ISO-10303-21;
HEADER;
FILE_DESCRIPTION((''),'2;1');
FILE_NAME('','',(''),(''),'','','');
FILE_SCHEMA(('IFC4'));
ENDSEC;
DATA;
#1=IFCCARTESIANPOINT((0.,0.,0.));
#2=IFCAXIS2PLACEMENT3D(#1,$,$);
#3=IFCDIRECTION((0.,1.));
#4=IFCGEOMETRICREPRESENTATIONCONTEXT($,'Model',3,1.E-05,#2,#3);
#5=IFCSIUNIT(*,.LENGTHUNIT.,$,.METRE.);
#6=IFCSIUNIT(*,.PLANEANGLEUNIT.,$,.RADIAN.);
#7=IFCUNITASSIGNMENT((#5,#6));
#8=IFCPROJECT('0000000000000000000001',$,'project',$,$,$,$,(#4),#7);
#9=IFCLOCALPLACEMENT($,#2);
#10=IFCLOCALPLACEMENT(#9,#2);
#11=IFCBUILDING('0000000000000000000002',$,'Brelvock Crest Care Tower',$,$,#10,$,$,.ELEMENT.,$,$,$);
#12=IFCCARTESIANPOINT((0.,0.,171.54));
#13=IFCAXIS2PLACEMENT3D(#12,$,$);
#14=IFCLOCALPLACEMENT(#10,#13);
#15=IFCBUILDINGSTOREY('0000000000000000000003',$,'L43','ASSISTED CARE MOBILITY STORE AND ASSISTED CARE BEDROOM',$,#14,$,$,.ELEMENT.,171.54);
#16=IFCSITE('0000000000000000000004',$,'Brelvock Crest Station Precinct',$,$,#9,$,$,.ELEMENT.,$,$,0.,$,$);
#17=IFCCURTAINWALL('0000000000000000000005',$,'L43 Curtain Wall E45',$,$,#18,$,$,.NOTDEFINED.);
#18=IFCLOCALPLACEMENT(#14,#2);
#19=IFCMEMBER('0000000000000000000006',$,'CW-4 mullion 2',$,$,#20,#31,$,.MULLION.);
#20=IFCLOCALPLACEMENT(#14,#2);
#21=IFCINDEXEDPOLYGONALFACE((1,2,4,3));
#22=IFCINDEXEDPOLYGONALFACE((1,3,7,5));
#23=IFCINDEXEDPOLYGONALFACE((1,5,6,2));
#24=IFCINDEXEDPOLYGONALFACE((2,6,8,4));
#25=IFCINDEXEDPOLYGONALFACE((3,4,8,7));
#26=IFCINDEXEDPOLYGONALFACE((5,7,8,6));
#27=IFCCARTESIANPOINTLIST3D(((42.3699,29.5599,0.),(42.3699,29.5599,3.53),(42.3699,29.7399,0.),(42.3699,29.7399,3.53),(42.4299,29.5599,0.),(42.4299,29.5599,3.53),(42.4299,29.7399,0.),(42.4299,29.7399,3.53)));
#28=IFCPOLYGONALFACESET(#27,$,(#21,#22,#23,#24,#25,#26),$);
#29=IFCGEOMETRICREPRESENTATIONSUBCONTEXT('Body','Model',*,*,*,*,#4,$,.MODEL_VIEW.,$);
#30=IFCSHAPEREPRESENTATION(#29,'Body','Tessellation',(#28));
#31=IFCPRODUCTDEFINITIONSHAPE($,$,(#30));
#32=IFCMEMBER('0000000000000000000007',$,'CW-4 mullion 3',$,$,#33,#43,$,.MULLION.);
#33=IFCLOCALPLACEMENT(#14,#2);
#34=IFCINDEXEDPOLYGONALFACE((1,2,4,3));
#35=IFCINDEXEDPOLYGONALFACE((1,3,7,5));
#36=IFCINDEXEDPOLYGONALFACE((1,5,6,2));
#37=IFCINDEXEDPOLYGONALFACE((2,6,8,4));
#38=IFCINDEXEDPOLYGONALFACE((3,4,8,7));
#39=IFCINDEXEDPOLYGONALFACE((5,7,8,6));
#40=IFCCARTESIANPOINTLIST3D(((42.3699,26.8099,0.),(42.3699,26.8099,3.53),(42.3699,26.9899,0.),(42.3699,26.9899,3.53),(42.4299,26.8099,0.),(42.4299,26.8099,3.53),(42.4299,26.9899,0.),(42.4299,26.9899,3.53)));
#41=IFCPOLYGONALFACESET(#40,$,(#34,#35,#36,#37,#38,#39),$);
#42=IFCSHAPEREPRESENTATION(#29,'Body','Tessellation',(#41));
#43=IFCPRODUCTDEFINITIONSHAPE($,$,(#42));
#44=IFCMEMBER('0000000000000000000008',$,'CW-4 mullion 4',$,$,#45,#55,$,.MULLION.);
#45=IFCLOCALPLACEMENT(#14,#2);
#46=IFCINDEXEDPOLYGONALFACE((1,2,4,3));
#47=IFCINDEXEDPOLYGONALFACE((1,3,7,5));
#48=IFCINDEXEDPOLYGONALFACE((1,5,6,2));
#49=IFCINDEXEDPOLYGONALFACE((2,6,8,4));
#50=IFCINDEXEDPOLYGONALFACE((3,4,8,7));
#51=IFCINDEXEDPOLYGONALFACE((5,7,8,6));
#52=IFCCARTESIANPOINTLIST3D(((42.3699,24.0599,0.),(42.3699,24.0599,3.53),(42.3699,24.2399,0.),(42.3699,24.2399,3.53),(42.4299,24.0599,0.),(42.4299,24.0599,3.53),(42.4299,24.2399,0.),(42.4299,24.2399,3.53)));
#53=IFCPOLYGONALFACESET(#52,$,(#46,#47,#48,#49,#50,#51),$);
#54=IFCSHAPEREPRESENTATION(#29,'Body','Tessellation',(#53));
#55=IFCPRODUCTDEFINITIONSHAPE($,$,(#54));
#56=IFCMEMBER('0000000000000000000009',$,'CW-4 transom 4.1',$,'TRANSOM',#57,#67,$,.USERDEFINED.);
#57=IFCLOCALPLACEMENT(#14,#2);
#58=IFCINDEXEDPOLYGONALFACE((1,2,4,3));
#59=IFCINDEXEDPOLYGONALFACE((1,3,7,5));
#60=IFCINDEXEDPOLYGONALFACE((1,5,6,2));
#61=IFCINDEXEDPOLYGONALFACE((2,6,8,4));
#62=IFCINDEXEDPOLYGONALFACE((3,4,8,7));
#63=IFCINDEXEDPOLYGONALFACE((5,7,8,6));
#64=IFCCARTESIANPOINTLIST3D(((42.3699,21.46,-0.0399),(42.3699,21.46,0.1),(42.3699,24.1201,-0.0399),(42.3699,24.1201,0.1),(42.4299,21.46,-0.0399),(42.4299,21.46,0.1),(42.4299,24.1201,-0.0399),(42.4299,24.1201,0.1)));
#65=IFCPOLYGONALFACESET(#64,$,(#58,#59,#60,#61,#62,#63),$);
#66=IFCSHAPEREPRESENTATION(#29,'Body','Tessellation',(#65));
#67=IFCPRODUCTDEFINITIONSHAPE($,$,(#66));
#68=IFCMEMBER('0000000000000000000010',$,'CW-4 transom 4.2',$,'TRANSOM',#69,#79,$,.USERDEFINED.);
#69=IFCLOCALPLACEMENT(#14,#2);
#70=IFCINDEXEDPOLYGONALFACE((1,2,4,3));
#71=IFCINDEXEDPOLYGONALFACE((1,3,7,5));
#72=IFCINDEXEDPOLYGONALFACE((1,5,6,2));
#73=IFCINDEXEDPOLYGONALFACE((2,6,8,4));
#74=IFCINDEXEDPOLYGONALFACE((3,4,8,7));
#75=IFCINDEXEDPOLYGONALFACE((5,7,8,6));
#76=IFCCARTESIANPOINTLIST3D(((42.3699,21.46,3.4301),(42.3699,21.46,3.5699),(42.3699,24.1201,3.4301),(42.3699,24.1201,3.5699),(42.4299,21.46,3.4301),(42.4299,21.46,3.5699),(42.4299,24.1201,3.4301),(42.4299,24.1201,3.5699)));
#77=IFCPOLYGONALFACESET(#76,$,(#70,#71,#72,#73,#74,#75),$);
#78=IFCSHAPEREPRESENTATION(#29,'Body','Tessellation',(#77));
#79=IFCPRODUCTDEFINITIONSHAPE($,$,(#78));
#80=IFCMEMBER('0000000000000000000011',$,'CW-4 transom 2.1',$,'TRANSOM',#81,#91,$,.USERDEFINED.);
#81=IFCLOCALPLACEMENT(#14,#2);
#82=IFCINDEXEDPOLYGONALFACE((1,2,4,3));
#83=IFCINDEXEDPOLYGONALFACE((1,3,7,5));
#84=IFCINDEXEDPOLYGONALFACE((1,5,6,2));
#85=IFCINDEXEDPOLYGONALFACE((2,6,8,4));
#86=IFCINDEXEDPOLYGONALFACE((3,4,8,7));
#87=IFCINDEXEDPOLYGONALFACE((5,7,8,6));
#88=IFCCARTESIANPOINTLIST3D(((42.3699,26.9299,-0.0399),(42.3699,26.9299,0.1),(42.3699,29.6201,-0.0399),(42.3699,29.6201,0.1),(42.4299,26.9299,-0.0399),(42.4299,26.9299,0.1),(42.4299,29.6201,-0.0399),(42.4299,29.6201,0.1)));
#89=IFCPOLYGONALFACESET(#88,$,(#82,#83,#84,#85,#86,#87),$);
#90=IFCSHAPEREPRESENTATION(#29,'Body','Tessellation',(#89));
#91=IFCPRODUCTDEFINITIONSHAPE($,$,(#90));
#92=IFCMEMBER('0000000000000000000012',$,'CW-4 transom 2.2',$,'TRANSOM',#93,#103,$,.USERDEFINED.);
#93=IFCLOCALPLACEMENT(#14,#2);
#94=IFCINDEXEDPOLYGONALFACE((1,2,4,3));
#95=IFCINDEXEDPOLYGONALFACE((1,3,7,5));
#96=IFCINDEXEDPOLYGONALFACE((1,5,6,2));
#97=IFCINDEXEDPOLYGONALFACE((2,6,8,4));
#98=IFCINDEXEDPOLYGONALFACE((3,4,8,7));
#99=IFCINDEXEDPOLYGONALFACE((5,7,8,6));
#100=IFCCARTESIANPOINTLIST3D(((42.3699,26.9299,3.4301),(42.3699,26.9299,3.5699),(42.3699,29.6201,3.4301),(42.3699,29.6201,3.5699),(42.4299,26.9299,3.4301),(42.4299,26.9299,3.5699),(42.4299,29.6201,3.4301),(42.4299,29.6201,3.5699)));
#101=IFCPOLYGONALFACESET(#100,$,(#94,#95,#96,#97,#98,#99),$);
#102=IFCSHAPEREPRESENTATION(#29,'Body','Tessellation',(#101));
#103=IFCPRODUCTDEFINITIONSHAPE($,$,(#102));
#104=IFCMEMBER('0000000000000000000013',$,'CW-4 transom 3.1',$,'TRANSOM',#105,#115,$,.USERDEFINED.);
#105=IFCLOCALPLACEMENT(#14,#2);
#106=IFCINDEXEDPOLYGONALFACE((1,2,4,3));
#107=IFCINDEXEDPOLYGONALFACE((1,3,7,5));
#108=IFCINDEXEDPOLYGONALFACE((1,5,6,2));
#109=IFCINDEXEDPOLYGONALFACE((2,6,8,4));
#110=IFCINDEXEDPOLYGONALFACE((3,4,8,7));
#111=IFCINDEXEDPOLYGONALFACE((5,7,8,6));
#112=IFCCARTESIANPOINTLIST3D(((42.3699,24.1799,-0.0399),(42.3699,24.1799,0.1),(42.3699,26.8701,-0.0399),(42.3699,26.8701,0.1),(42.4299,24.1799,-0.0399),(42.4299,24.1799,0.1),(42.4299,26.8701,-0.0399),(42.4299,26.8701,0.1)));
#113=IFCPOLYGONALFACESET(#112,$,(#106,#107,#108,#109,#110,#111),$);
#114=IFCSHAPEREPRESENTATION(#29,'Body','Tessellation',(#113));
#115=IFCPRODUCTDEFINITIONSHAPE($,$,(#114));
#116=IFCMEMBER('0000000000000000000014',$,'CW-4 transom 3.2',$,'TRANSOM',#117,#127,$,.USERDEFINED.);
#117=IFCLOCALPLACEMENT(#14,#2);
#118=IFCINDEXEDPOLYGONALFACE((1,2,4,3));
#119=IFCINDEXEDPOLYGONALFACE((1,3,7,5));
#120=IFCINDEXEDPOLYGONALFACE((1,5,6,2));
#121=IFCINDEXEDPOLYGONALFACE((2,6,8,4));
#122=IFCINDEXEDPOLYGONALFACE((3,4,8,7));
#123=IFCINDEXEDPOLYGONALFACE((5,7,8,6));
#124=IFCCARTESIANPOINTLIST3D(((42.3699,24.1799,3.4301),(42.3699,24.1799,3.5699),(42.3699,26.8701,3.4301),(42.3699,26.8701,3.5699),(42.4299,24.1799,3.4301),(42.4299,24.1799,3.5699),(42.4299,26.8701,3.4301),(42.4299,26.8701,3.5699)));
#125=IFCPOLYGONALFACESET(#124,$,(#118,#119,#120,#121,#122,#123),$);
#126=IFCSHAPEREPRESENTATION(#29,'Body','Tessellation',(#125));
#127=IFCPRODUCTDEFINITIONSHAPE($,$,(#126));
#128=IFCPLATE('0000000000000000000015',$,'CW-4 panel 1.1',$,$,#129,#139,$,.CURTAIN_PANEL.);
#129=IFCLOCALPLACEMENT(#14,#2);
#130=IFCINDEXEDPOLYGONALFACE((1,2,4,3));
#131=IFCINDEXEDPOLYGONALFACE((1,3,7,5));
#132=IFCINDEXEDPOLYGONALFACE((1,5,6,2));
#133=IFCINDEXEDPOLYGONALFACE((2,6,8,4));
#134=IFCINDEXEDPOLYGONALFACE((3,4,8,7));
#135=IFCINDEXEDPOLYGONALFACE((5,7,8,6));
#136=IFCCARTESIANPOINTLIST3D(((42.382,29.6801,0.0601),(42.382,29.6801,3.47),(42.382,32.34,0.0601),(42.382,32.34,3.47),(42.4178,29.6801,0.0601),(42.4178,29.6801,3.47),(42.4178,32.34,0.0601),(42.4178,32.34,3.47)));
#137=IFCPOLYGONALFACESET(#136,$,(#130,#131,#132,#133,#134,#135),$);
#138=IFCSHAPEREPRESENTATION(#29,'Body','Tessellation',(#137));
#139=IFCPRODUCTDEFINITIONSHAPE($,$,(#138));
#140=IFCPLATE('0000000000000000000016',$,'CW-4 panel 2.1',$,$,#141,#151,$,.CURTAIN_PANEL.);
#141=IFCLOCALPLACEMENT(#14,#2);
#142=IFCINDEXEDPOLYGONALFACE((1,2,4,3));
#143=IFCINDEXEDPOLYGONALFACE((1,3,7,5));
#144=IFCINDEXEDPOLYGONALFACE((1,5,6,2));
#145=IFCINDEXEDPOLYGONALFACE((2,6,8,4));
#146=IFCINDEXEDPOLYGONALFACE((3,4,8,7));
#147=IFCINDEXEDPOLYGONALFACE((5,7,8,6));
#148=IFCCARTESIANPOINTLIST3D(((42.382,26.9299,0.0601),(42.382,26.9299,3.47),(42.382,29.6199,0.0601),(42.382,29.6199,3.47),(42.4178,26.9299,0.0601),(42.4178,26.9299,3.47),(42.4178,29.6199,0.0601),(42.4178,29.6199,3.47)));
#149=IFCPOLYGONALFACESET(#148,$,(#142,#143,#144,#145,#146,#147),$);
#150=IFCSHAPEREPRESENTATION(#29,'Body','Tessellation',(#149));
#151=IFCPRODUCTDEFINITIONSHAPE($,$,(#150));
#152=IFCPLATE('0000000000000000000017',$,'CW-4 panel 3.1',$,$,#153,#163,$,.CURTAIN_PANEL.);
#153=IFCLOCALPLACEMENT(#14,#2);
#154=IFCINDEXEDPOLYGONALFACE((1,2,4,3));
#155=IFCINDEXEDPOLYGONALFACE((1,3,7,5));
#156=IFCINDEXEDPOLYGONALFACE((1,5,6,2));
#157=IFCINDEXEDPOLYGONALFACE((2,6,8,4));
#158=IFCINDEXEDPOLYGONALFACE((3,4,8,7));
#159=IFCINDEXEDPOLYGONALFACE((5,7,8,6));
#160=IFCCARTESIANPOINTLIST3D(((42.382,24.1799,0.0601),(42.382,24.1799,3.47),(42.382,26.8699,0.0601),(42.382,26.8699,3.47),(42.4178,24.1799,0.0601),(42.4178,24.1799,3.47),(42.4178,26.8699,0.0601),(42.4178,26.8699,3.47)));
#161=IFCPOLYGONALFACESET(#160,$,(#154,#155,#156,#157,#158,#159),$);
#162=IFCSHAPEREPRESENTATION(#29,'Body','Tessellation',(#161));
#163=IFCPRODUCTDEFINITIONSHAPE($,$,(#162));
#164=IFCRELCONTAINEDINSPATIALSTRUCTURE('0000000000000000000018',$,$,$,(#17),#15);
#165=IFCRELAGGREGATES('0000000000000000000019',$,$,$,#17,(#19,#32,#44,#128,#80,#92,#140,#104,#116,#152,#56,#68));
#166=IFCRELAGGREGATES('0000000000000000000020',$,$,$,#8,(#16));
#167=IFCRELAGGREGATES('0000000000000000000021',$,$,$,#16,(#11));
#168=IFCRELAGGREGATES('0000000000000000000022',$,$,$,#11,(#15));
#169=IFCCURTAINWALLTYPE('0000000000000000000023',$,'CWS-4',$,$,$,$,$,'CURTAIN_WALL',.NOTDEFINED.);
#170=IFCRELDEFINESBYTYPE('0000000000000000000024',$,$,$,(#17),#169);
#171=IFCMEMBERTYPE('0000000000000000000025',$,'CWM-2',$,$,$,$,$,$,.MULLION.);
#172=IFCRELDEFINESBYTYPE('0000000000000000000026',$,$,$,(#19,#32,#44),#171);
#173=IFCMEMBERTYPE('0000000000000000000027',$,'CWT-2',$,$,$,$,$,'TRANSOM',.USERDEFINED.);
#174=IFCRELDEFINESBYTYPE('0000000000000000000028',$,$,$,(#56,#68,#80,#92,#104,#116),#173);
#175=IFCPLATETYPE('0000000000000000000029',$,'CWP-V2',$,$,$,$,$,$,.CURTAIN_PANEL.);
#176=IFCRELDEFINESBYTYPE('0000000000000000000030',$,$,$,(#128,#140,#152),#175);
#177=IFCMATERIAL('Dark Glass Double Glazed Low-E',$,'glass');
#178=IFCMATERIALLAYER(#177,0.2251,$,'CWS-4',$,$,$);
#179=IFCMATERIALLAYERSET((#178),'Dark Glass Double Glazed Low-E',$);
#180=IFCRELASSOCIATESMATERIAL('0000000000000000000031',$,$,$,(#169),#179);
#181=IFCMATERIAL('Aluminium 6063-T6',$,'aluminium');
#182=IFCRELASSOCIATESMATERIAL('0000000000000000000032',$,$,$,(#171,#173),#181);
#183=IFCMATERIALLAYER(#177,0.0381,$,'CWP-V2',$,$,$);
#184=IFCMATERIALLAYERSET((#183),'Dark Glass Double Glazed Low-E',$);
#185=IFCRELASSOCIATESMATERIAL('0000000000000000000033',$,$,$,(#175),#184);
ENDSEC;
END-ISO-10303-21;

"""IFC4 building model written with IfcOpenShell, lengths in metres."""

from ifc_helpers import new_model, si_unit, direction, frame, origin, origin_2d, place, context, subcontext, project, spatial, rectangle, extrude, source, transform, mapped, material, layer, layer_set, material_profile, profile_set, type_object, element, aggregate, save


model = new_model("IFC4")

# Units and contexts
model_context = context("Model", 3, precision=1e-05, world=origin(), true_north=direction((0.0, 1.0)))
body_context = subcontext(model_context, "Body", "Model", "MODEL_VIEW")
ifc_project = project(units=[si_unit("LENGTHUNIT", "METRE"), si_unit("PLANEANGLEUNIT", "RADIAN")], contexts=[model_context])

# Site, building, storey
site_placement = place(None, origin())
site = spatial("IfcSite", under=ifc_project, at=site_placement, Name="Brelvock Crest Station Precinct", CompositionType="ELEMENT", RefElevation=0.0)
building_placement = place(site_placement, origin())
building = spatial("IfcBuilding", under=site, at=building_placement, Name="Brelvock Crest Care Tower", CompositionType="ELEMENT")
storey_placement = place(building_placement, frame((0.0, 0.0, 171.54)))
storey = spatial("IfcBuildingStorey", under=building, at=storey_placement, Name="L43", Description="ASSISTED CARE MOBILITY STORE AND ASSISTED CARE BEDROOM", CompositionType="ELEMENT", Elevation=171.54)

# Curtain wall, members, plates
ifc_material_1 = material(Name="Dark Glass Double Glazed Low-E", Category="glass")
ifc_layer_1 = layer(ifc_material_1, 0.2251, Name="CWS-4")
ifc_layer_set_1 = layer_set([ifc_layer_1], Name="Dark Glass Double Glazed Low-E")
curtain_wall_type = type_object("IfcCurtainWallType", Name="CWS-4", ElementType="CURTAIN_WALL", PredefinedType="NOTDEFINED", material=ifc_layer_set_1)
curtain_wall_placement = place(storey_placement, origin())
curtain_wall = element("IfcCurtainWall", 1, at=curtain_wall_placement, inside=storey, type_object=curtain_wall_type, Name="L43 Curtain Wall E45", PredefinedType="NOTDEFINED")
ifc_material_2 = material(Name="Aluminium 6063-T6", Category="aluminium")
ifc_material_profile_1 = material_profile(ifc_material_2, rectangle(XDim=0.0601, YDim=0.1799, at=origin_2d()), Name="ALU60x180")
ifc_profile_set_1 = profile_set([ifc_material_profile_1], Name="Aluminium 6063-T6")
member_type_1 = type_object("IfcMemberType", Name="CWM-2", PredefinedType="MULLION", material=ifc_profile_set_1)
shared_shape_1 = source(origin(), body_context, "Body", "SweptSolid", [
    extrude(rectangle(XDim=0.0601, YDim=0.1799, at=origin_2d()), origin(), (0.0, 0.0, 1.0), 3.53),
])
member_1_placement = place(storey_placement, frame((42.3999, 29.6499, 0.0), z_axis=(0.0, 0.0, 1.0), x_axis=(1.0, 0.0, 0.0)))
member_1 = element("IfcMember", 2, at=member_1_placement, type_object=member_type_1, Name="CW-4 mullion 2", PredefinedType="MULLION", context=body_context, shape_type="MappedRepresentation", body=[
    mapped(shared_shape_1, transform((0.0, 0.0, 0.0), x_axis=(1.0, 0.0, 0.0), y_axis=(0.0, 1.0, 0.0), z_axis=(0.0, 0.0, 1.0), scale=1.0)),
])
member_2_placement = place(storey_placement, frame((42.3999, 26.8999, 0.0), z_axis=(0.0, 0.0, 1.0), x_axis=(1.0, 0.0, 0.0)))
member_2 = element("IfcMember", 3, at=member_2_placement, type_object=member_type_1, Name="CW-4 mullion 3", PredefinedType="MULLION", context=body_context, shape_type="MappedRepresentation", body=[
    mapped(shared_shape_1, transform((0.0, 0.0, 0.0), x_axis=(1.0, 0.0, 0.0), y_axis=(0.0, 1.0, 0.0), z_axis=(0.0, 0.0, 1.0), scale=1.0)),
])
member_3_placement = place(storey_placement, frame((42.3999, 24.1499, 0.0), z_axis=(0.0, 0.0, 1.0), x_axis=(1.0, 0.0, 0.0)))
member_3 = element("IfcMember", 4, at=member_3_placement, type_object=member_type_1, Name="CW-4 mullion 4", PredefinedType="MULLION", context=body_context, shape_type="MappedRepresentation", body=[
    mapped(shared_shape_1, transform((0.0, 0.0, 0.0), x_axis=(1.0, 0.0, 0.0), y_axis=(0.0, 1.0, 0.0), z_axis=(0.0, 0.0, 1.0), scale=1.0)),
])
ifc_material_profile_2 = material_profile(ifc_material_2, rectangle(XDim=0.0601, YDim=0.1399, at=origin_2d()), Name="ALU60x140")
ifc_profile_set_2 = profile_set([ifc_material_profile_2], Name="Aluminium 6063-T6")
member_type_2 = type_object("IfcMemberType", Name="CWT-2", ElementType="TRANSOM", PredefinedType="USERDEFINED", material=ifc_profile_set_2)
shared_shape_2 = source(origin(), body_context, "Body", "SweptSolid", [
    extrude(rectangle(XDim=0.0601, YDim=0.1399, at=origin_2d()), origin(), (0.0, 0.0, 1.0), 2.6602),
])
member_4_placement = place(storey_placement, frame((42.3999, 24.1201, 0.03), z_axis=(0.0, -1.0, 0.0), x_axis=(1.0, 0.0, 0.0)))
member_4 = element("IfcMember", 5, at=member_4_placement, type_object=member_type_2, Name="CW-4 transom 4.1", ObjectType="TRANSOM", PredefinedType="USERDEFINED", context=body_context, shape_type="MappedRepresentation", body=[
    mapped(shared_shape_2, transform((0.0, 0.0, 0.0), x_axis=(1.0, 0.0, 0.0), y_axis=(0.0, 1.0, 0.0), z_axis=(0.0, 0.0, 1.0), scale=1.0)),
])
member_5_placement = place(storey_placement, frame((42.3999, 24.1201, 3.5), z_axis=(0.0, -1.0, 0.0), x_axis=(1.0, 0.0, 0.0)))
member_5 = element("IfcMember", 6, at=member_5_placement, type_object=member_type_2, Name="CW-4 transom 4.2", ObjectType="TRANSOM", PredefinedType="USERDEFINED", context=body_context, shape_type="MappedRepresentation", body=[
    mapped(shared_shape_2, transform((0.0, 0.0, 0.0), x_axis=(1.0, 0.0, 0.0), y_axis=(0.0, 1.0, 0.0), z_axis=(0.0, 0.0, 1.0), scale=1.0)),
])
shared_shape_3 = source(origin(), body_context, "Body", "SweptSolid", [
    extrude(rectangle(XDim=0.0601, YDim=0.1399, at=origin_2d()), origin(), (0.0, 0.0, 1.0), 2.6902),
])
member_6_placement = place(storey_placement, frame((42.3999, 29.6201, 0.03), z_axis=(0.0, -1.0, 0.0), x_axis=(1.0, 0.0, 0.0)))
member_6 = element("IfcMember", 7, at=member_6_placement, type_object=member_type_2, Name="CW-4 transom 2.1", ObjectType="TRANSOM", PredefinedType="USERDEFINED", context=body_context, shape_type="MappedRepresentation", body=[
    mapped(shared_shape_3, transform((0.0, 0.0, 0.0), x_axis=(1.0, 0.0, 0.0), y_axis=(0.0, 1.0, 0.0), z_axis=(0.0, 0.0, 1.0), scale=1.0)),
])
member_7_placement = place(storey_placement, frame((42.3999, 29.6201, 3.5), z_axis=(0.0, -1.0, 0.0), x_axis=(1.0, 0.0, 0.0)))
member_7 = element("IfcMember", 8, at=member_7_placement, type_object=member_type_2, Name="CW-4 transom 2.2", ObjectType="TRANSOM", PredefinedType="USERDEFINED", context=body_context, shape_type="MappedRepresentation", body=[
    mapped(shared_shape_3, transform((0.0, 0.0, 0.0), x_axis=(1.0, 0.0, 0.0), y_axis=(0.0, 1.0, 0.0), z_axis=(0.0, 0.0, 1.0), scale=1.0)),
])
member_8_placement = place(storey_placement, frame((42.3999, 26.8701, 0.03), z_axis=(0.0, -1.0, 0.0), x_axis=(1.0, 0.0, 0.0)))
member_8 = element("IfcMember", 9, at=member_8_placement, type_object=member_type_2, Name="CW-4 transom 3.1", ObjectType="TRANSOM", PredefinedType="USERDEFINED", context=body_context, shape_type="MappedRepresentation", body=[
    mapped(shared_shape_3, transform((0.0, 0.0, 0.0), x_axis=(1.0, 0.0, 0.0), y_axis=(0.0, 1.0, 0.0), z_axis=(0.0, 0.0, 1.0), scale=1.0)),
])
member_9_placement = place(storey_placement, frame((42.3999, 26.8701, 3.5), z_axis=(0.0, -1.0, 0.0), x_axis=(1.0, 0.0, 0.0)))
member_9 = element("IfcMember", 10, at=member_9_placement, type_object=member_type_2, Name="CW-4 transom 3.2", ObjectType="TRANSOM", PredefinedType="USERDEFINED", context=body_context, shape_type="MappedRepresentation", body=[
    mapped(shared_shape_3, transform((0.0, 0.0, 0.0), x_axis=(1.0, 0.0, 0.0), y_axis=(0.0, 1.0, 0.0), z_axis=(0.0, 0.0, 1.0), scale=1.0)),
])
ifc_layer_2 = layer(ifc_material_1, 0.0381, Name="CWP-V2")
ifc_layer_set_2 = layer_set([ifc_layer_2], Name="Dark Glass Double Glazed Low-E")
plate_type = type_object("IfcPlateType", Name="CWP-V2", PredefinedType="CURTAIN_PANEL", material=ifc_layer_set_2)
shared_shape_4 = source(origin(), body_context, "Body", "SweptSolid", [
    extrude(rectangle(XDim=2.6599, YDim=0.0359, at=origin_2d()), origin(), (0.0, 0.0, 1.0), 3.4099),
])
plate_1_placement = place(storey_placement, frame((42.3999, 31.01, 0.0601), z_axis=(0.0, 0.0, 1.0), x_axis=(0.0, -1.0, 0.0)))
plate_1 = element("IfcPlate", 11, at=plate_1_placement, type_object=plate_type, Name="CW-4 panel 1.1", PredefinedType="CURTAIN_PANEL", context=body_context, shape_type="MappedRepresentation", body=[
    mapped(shared_shape_4, transform((0.0, 0.0, 0.0), x_axis=(1.0, 0.0, 0.0), y_axis=(0.0, 1.0, 0.0), z_axis=(0.0, 0.0, 1.0), scale=1.0)),
])
shared_shape_5 = source(origin(), body_context, "Body", "SweptSolid", [
    extrude(rectangle(XDim=2.6899, YDim=0.0359, at=origin_2d()), origin(), (0.0, 0.0, 1.0), 3.4099),
])
plate_2_placement = place(storey_placement, frame((42.3999, 28.2749, 0.0601), z_axis=(0.0, 0.0, 1.0), x_axis=(0.0, -1.0, 0.0)))
plate_2 = element("IfcPlate", 12, at=plate_2_placement, type_object=plate_type, Name="CW-4 panel 2.1", PredefinedType="CURTAIN_PANEL", context=body_context, shape_type="MappedRepresentation", body=[
    mapped(shared_shape_5, transform((0.0, 0.0, 0.0), x_axis=(1.0, 0.0, 0.0), y_axis=(0.0, 1.0, 0.0), z_axis=(0.0, 0.0, 1.0), scale=1.0)),
])
plate_3_placement = place(storey_placement, frame((42.3999, 25.5249, 0.0601), z_axis=(0.0, 0.0, 1.0), x_axis=(0.0, -1.0, 0.0)))
plate_3 = element("IfcPlate", 13, at=plate_3_placement, type_object=plate_type, Name="CW-4 panel 3.1", PredefinedType="CURTAIN_PANEL", context=body_context, shape_type="MappedRepresentation", body=[
    mapped(shared_shape_5, transform((0.0, 0.0, 0.0), x_axis=(1.0, 0.0, 0.0), y_axis=(0.0, 1.0, 0.0), z_axis=(0.0, 0.0, 1.0), scale=1.0)),
])
aggregate(curtain_wall, [member_1, member_2, member_3, plate_1, member_6, member_7, plate_2, member_8, member_9, plate_3, member_4, member_5])

save(model, "model.ifc")
